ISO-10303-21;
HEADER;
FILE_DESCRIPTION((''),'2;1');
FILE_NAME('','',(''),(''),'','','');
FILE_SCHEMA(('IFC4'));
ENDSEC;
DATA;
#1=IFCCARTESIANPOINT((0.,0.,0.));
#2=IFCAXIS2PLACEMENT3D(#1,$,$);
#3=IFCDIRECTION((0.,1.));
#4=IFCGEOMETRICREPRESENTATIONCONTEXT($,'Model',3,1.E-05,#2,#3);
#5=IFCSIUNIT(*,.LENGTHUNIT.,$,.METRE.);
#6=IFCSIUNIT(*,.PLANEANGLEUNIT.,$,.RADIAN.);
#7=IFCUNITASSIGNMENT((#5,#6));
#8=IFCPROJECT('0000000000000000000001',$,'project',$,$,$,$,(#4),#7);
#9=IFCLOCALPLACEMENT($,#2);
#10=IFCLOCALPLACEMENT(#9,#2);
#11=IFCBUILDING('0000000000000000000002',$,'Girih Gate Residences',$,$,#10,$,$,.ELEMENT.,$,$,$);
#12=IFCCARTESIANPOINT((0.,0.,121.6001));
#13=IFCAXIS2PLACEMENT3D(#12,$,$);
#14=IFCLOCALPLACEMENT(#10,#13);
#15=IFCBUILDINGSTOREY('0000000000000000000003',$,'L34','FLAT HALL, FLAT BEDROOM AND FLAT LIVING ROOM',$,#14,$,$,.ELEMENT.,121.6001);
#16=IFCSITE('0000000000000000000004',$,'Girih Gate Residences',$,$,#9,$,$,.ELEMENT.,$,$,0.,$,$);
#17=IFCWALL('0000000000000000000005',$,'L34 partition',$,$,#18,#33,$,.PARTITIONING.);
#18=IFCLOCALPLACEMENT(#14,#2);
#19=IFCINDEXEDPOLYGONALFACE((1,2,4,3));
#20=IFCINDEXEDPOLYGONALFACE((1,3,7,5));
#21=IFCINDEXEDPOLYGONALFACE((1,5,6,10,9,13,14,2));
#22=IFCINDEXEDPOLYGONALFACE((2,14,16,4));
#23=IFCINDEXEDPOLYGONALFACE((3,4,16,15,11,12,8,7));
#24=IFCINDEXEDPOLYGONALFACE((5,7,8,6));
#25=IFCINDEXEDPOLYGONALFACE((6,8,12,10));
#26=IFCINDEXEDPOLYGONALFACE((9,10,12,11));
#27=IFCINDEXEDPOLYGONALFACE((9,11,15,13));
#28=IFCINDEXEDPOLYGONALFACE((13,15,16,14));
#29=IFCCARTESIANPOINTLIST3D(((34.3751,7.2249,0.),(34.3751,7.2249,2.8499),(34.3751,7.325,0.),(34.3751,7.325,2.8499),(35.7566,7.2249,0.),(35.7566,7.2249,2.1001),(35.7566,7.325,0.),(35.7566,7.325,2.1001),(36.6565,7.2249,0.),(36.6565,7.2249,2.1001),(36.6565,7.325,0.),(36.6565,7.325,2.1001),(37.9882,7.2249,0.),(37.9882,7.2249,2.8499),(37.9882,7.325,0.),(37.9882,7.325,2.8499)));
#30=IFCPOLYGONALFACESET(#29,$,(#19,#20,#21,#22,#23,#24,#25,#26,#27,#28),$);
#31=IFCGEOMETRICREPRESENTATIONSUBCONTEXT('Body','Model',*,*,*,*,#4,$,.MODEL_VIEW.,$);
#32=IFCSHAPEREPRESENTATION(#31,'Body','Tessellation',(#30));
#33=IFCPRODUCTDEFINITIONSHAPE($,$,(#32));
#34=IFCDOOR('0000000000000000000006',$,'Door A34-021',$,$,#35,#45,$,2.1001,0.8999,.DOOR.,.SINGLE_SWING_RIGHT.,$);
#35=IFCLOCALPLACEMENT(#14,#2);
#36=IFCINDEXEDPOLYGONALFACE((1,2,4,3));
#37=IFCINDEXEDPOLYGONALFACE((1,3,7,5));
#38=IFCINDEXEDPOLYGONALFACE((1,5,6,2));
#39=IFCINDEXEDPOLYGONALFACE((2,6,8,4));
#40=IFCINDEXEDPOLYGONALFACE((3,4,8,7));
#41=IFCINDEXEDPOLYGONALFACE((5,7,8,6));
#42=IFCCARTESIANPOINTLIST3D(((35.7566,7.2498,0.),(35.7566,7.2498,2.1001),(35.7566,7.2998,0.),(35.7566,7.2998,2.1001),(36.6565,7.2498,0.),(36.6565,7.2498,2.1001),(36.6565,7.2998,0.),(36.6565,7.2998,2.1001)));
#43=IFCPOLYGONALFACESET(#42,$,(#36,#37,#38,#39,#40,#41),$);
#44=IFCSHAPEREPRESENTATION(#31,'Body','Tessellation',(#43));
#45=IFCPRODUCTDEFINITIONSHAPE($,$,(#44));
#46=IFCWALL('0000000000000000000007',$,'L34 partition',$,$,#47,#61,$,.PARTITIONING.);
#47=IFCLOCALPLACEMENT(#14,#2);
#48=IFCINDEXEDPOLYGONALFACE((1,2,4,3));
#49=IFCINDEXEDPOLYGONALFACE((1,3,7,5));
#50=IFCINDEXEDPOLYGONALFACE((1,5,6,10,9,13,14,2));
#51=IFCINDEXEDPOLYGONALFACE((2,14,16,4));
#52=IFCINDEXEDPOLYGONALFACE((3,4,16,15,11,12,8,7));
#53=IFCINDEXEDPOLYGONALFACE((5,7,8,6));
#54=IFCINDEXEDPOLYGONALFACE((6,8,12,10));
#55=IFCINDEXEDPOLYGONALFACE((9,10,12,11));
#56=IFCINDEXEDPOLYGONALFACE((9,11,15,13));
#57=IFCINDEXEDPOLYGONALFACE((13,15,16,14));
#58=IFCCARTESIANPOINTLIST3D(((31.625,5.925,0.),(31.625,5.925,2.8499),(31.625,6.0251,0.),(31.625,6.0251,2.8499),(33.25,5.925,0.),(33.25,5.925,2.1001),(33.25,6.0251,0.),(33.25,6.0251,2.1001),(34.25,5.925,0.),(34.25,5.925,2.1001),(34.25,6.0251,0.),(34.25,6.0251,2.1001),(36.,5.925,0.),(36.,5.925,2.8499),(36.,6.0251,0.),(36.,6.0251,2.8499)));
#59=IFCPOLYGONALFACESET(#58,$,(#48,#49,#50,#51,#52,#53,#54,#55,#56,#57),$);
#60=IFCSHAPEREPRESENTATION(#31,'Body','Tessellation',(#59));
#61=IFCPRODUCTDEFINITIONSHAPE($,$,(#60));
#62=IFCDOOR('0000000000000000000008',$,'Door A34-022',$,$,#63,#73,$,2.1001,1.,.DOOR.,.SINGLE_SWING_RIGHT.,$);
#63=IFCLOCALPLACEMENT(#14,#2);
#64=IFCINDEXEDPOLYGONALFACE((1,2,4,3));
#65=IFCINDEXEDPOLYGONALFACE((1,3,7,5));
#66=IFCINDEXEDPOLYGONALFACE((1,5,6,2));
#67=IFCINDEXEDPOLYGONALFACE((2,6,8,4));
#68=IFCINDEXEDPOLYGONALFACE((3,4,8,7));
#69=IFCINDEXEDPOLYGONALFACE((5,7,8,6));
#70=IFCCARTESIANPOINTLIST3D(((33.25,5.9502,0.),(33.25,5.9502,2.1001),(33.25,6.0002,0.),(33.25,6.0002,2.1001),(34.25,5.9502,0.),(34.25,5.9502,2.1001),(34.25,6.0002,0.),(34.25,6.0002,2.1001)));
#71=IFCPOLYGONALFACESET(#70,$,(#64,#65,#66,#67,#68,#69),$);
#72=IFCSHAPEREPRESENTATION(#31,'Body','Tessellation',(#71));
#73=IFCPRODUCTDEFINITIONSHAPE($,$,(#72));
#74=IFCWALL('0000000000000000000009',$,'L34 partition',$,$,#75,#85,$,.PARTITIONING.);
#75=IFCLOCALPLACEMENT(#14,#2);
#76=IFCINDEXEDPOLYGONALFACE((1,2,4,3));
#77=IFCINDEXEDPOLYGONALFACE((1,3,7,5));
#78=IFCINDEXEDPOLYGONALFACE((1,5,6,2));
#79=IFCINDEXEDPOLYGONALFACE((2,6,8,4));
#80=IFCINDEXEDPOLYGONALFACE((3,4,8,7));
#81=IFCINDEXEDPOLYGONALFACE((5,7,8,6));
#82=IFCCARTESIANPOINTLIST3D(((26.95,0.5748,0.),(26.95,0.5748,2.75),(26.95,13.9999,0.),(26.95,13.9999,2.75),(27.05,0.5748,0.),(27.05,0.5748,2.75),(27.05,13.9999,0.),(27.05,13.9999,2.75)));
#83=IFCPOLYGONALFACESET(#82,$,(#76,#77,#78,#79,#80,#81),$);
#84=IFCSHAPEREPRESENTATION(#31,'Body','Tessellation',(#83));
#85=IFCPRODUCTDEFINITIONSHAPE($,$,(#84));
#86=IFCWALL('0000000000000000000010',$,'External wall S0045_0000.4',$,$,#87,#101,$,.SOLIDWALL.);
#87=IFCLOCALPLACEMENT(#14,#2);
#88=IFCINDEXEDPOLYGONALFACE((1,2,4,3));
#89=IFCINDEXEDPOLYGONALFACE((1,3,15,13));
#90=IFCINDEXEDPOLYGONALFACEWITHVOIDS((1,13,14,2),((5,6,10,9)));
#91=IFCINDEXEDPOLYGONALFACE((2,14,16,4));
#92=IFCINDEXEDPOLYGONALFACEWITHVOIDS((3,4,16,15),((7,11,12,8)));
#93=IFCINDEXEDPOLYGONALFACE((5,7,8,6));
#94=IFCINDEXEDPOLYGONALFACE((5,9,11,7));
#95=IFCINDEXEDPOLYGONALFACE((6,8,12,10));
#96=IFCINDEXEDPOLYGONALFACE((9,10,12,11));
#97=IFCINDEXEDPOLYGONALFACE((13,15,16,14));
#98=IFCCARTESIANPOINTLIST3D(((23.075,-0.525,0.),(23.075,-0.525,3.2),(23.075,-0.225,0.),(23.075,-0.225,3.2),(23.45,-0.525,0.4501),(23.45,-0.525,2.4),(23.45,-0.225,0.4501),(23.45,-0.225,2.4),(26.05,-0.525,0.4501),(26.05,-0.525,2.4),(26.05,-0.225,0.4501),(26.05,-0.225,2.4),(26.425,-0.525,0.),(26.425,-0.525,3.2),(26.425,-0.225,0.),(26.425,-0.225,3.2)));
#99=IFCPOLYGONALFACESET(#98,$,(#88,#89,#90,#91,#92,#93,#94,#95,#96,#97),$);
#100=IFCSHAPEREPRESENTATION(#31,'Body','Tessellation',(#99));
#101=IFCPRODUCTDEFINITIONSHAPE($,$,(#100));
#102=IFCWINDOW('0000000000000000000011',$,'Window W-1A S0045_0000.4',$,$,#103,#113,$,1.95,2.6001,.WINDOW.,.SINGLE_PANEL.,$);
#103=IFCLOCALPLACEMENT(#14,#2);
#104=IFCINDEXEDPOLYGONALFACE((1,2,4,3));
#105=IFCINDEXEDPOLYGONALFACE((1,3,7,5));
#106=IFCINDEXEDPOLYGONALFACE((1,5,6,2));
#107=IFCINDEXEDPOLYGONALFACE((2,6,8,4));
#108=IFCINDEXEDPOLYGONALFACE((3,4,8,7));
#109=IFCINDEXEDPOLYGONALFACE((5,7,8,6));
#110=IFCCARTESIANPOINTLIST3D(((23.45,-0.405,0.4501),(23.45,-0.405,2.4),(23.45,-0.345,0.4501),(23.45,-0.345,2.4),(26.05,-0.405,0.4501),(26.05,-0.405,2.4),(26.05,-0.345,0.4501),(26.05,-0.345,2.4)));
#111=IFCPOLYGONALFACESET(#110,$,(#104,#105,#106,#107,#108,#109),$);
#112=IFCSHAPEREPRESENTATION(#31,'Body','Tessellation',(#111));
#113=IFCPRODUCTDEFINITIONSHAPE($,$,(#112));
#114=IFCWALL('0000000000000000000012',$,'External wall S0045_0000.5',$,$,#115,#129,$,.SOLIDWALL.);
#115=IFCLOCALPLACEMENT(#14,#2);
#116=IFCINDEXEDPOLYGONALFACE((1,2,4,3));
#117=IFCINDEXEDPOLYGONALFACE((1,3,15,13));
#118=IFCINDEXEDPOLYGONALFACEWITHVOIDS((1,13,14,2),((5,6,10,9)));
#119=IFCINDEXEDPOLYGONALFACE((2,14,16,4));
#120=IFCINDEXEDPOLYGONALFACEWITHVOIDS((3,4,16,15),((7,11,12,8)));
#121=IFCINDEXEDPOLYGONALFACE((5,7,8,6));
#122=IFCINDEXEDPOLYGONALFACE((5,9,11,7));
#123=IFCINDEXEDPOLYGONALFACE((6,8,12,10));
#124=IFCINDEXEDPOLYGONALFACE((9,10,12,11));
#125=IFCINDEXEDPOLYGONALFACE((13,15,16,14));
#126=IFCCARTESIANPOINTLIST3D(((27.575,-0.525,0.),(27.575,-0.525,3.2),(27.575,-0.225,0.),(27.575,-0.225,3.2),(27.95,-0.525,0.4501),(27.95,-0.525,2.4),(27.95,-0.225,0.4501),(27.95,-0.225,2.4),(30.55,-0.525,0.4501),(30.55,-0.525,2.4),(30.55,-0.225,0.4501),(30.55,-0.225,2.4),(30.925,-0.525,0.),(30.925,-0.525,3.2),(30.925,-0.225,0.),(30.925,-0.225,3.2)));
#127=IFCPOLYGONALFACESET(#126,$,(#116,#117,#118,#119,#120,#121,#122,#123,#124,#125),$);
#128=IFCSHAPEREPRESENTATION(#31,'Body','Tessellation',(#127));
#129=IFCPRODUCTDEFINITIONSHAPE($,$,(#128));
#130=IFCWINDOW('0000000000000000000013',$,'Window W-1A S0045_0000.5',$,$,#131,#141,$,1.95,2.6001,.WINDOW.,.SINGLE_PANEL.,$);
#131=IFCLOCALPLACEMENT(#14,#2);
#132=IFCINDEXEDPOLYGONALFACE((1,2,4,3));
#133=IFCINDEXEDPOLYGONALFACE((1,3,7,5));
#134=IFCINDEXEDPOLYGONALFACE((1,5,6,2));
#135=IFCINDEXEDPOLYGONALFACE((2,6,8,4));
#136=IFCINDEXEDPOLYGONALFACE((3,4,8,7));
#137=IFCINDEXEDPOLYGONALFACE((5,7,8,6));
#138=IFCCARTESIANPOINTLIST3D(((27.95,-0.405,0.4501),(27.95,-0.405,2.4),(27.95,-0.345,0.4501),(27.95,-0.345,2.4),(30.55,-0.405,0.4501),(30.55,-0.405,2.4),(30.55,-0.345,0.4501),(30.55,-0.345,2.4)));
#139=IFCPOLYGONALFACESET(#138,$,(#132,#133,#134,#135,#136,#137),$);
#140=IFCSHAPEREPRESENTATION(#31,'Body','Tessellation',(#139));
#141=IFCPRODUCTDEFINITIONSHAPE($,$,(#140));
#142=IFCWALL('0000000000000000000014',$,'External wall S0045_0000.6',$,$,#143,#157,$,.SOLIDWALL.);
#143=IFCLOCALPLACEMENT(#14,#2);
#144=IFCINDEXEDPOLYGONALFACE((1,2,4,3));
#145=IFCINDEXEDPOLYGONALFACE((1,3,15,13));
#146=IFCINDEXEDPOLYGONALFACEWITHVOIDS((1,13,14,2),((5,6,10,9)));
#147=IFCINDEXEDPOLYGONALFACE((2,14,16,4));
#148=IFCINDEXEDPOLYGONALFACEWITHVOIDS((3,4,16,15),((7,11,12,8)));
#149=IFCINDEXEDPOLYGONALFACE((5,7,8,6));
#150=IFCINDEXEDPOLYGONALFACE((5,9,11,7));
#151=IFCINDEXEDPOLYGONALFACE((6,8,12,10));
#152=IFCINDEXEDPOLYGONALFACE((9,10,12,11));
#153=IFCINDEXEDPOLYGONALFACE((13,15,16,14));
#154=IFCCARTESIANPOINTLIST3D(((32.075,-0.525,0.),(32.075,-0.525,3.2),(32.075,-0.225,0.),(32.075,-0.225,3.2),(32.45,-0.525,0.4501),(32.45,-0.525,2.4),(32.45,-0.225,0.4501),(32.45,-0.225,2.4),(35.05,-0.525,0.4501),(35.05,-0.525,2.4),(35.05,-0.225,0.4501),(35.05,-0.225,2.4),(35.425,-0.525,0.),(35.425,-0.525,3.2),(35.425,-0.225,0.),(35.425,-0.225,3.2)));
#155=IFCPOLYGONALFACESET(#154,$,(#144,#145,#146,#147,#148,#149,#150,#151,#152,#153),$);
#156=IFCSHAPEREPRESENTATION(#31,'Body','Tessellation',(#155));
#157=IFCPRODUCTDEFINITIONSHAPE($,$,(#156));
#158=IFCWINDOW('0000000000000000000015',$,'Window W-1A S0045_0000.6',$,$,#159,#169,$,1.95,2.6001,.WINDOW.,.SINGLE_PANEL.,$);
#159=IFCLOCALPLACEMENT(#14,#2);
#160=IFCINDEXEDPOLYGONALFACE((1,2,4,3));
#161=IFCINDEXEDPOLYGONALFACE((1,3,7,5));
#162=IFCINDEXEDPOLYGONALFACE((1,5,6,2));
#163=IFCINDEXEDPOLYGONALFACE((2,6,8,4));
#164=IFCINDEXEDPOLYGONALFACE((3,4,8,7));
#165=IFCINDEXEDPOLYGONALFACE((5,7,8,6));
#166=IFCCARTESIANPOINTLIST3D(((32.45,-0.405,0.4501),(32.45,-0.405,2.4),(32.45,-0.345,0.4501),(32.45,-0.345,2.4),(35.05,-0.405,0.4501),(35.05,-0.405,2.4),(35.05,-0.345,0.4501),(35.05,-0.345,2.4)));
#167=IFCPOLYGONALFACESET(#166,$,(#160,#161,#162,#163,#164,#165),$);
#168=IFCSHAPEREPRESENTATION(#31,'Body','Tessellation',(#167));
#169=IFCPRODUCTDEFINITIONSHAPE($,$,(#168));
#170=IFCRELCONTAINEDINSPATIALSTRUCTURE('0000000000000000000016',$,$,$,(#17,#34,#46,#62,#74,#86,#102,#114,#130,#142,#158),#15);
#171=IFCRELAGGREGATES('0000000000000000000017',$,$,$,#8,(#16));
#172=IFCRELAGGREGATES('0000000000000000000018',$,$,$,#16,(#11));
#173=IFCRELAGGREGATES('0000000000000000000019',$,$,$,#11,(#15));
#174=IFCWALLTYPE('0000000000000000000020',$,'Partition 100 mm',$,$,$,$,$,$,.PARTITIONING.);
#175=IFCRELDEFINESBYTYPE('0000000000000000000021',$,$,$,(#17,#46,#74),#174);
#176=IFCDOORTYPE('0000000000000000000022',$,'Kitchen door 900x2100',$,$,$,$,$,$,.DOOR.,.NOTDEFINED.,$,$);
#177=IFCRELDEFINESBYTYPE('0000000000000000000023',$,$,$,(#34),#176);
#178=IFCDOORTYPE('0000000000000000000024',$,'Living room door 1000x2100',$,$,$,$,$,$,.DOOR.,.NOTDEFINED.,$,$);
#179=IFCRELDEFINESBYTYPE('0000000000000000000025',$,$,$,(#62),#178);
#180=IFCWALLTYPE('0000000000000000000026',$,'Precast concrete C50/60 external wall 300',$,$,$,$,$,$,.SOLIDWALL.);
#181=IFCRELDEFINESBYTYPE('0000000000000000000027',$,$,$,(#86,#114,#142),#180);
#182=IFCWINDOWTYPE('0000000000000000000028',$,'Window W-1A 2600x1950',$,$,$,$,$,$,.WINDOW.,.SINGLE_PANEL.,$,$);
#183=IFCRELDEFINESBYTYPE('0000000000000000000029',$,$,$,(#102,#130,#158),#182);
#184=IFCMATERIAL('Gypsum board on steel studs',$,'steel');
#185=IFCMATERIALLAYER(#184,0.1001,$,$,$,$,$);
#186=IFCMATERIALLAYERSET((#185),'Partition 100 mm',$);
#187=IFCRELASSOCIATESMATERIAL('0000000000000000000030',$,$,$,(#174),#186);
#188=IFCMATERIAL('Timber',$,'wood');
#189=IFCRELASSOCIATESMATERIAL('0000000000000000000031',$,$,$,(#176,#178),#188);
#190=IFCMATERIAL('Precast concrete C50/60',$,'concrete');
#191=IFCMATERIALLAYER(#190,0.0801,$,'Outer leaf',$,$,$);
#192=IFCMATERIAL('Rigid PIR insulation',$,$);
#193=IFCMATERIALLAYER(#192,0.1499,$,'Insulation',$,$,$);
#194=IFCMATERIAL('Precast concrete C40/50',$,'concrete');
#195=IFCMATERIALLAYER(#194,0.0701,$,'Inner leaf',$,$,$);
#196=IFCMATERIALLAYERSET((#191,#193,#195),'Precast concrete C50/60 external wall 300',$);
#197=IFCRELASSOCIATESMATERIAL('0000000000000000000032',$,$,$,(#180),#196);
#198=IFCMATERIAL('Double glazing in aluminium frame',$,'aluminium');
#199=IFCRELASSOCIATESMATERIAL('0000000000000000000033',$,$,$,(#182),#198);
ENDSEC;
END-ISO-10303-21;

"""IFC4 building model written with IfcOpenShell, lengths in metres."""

from ifc_helpers import new_model, si_unit, direction, frame, frame_2d, origin, place, context, subcontext, project, spatial, rectangle, extrude, material, layer, layer_set, type_object, element, fill, save


model = new_model("IFC4")

# Units and contexts
model_context = context("Model", 3, precision=1e-05, world=origin(), true_north=direction((0.0, 1.0)))
body_context = subcontext(model_context, "Body", "Model", "MODEL_VIEW")
ifc_project = project(units=[si_unit("LENGTHUNIT", "METRE"), si_unit("PLANEANGLEUNIT", "RADIAN")], contexts=[model_context])

# Site, building, storey
site_placement = place(None, origin())
site = spatial("IfcSite", under=ifc_project, at=site_placement, Name="Girih Gate Residences", CompositionType="ELEMENT", RefElevation=0.0)
building_placement = place(site_placement, origin())
building = spatial("IfcBuilding", under=site, at=building_placement, Name="Girih Gate Residences", CompositionType="ELEMENT")
storey_placement = place(building_placement, frame((0.0, 0.0, 121.6001)))
storey = spatial("IfcBuildingStorey", under=building, at=storey_placement, Name="L34", Description="FLAT HALL, FLAT BEDROOM AND FLAT LIVING ROOM", CompositionType="ELEMENT", Elevation=121.6001)

# Shared definitions
ifc_material_1 = material(Name="Gypsum board on steel studs", Category="steel")

# Shared definitions
ifc_layer_1 = layer(ifc_material_1, 0.1001)
ifc_layer_set_1 = layer_set([ifc_layer_1], Name="Partition 100 mm")
wall_type_1 = type_object("IfcWallType", Name="Partition 100 mm", PredefinedType="PARTITIONING", material=ifc_layer_set_1)
ifc_material_2 = material(Name="Timber", Category="wood")

# Walls, openings, doors
wall_1_placement = place(storey_placement, frame((34.375, 7.2749, 0.0), z_axis=(0.0, 0.0, 1.0), x_axis=(1.0, 0.0, 0.0)))
wall_1 = element("IfcWall", 1, at=wall_1_placement, inside=storey, type_object=wall_type_1, Name="L34 partition", PredefinedType="PARTITIONING", context=body_context, shape_type="SweptSolid", body=[
    extrude(rectangle(XDim=3.613, YDim=0.1001, at=frame_2d((1.8066, 0.0))), origin(), (0.0, 0.0, 1.0), 2.8499),
])
opening_1_placement = place(wall_1_placement, frame((1.3816, 0.0, 0.0)))
opening_1 = element("IfcOpeningElement", 2, at=opening_1_placement, cuts=wall_1, PredefinedType="OPENING", context=body_context, shape_type="SweptSolid", body=[
    extrude(rectangle(XDim=0.8999, YDim=2.1001, at=frame_2d((0.45, 1.05))), frame((0.0, 0.0601, 0.0), z_axis=(0.0, -1.0, 0.0), x_axis=(1.0, 0.0, 0.0)), (0.0, 0.0, 1.0), 0.1201),
])
door_type_1 = type_object("IfcDoorType", Name="Kitchen door 900x2100", OperationType="NOTDEFINED", PredefinedType="DOOR", material=ifc_material_2)
door_1_placement = place(opening_1_placement, origin())
door_1 = element("IfcDoor", 3, at=door_1_placement, inside=storey, type_object=door_type_1, Name="Door A34-021", OperationType="SINGLE_SWING_RIGHT", OverallHeight=2.1001, OverallWidth=0.8999, PredefinedType="DOOR", context=body_context, shape_type="SweptSolid", body=[
    extrude(rectangle(XDim=0.8999, YDim=2.1001, at=frame_2d((0.45, 1.05))), frame((0.0, 0.0249, 0.0), z_axis=(0.0, -1.0, 0.0), x_axis=(1.0, 0.0, 0.0)), (0.0, 0.0, 1.0), 0.05),
])
fill(opening_1, door_1)
wall_2_placement = place(storey_placement, frame((36.0, 5.9751, 0.0), z_axis=(0.0, 0.0, 1.0), x_axis=(-1.0, 0.0, 0.0)))
wall_2 = element("IfcWall", 4, at=wall_2_placement, inside=storey, type_object=wall_type_1, Name="L34 partition", PredefinedType="PARTITIONING", context=body_context, shape_type="SweptSolid", body=[
    extrude(rectangle(XDim=4.375, YDim=0.1001, at=frame_2d((2.1875, 0.0))), origin(), (0.0, 0.0, 1.0), 2.8499),
])
opening_2_placement = place(wall_2_placement, frame((1.75, 0.0, 0.0)))
opening_2 = element("IfcOpeningElement", 5, at=opening_2_placement, cuts=wall_2, PredefinedType="OPENING", context=body_context, shape_type="SweptSolid", body=[
    extrude(rectangle(XDim=1.0, YDim=2.1001, at=frame_2d((0.5, 1.05))), frame((0.0, 0.0601, 0.0), z_axis=(0.0, -1.0, 0.0), x_axis=(1.0, 0.0, 0.0)), (0.0, 0.0, 1.0), 0.1201),
])
door_type_2 = type_object("IfcDoorType", Name="Living room door 1000x2100", OperationType="NOTDEFINED", PredefinedType="DOOR", material=ifc_material_2)
door_2_placement = place(opening_2_placement, origin())
door_2 = element("IfcDoor", 6, at=door_2_placement, inside=storey, type_object=door_type_2, Name="Door A34-022", OperationType="SINGLE_SWING_RIGHT", OverallHeight=2.1001, OverallWidth=1.0, PredefinedType="DOOR", context=body_context, shape_type="SweptSolid", body=[
    extrude(rectangle(XDim=1.0, YDim=2.1001, at=frame_2d((0.5, 1.05))), frame((0.0, 0.0249, 0.0), z_axis=(0.0, -1.0, 0.0), x_axis=(1.0, 0.0, 0.0)), (0.0, 0.0, 1.0), 0.05),
])
fill(opening_2, door_2)

# Wall
wall_3_placement = place(storey_placement, frame((27.0, 0.575, 0.0), z_axis=(0.0, 0.0, 1.0), x_axis=(0.0, 1.0, 0.0)))
element("IfcWall", 7, at=wall_3_placement, inside=storey, type_object=wall_type_1, Name="L34 partition", PredefinedType="PARTITIONING", context=body_context, shape_type="SweptSolid", body=[
    extrude(rectangle(XDim=13.425, YDim=0.1001, at=frame_2d((6.7124, 0.0))), origin(), (0.0, 0.0, 1.0), 2.75),
])

# Walls, openings, windows
ifc_material_3 = material(Name="Precast concrete C50/60", Category="concrete")
ifc_layer_2 = layer(ifc_material_3, 0.0801, Name="Outer leaf")
ifc_material_4 = material(Name="Rigid PIR insulation")
ifc_layer_3 = layer(ifc_material_4, 0.1499, Name="Insulation")
ifc_material_5 = material(Name="Precast concrete C40/50", Category="concrete")
ifc_layer_4 = layer(ifc_material_5, 0.0701, Name="Inner leaf")
ifc_layer_set_2 = layer_set([ifc_layer_2, ifc_layer_3, ifc_layer_4], Name="Precast concrete C50/60 external wall 300")
wall_type_2 = type_object("IfcWallType", Name="Precast concrete C50/60 external wall 300", PredefinedType="SOLIDWALL", material=ifc_layer_set_2)
wall_4_placement = place(storey_placement, frame((26.425, -0.375, 0.0), z_axis=(0.0, 0.0, 1.0), x_axis=(-1.0, 0.0, 0.0)))
wall_4 = element("IfcWall", 8, at=wall_4_placement, inside=storey, type_object=wall_type_2, Name="External wall S0045_0000.4", PredefinedType="SOLIDWALL", context=body_context, shape_type="SweptSolid", body=[
    extrude(rectangle(XDim=3.3501, YDim=0.3, at=frame_2d((1.675, 0.0))), origin(), (0.0, 0.0, 1.0), 3.2),
])
opening_3_placement = place(wall_4_placement, frame((0.375, 0.0, 0.45)))
opening_3 = element("IfcOpeningElement", 9, at=opening_3_placement, cuts=wall_4, PredefinedType="OPENING", context=body_context, shape_type="SweptSolid", body=[
    extrude(rectangle(XDim=2.6001, YDim=1.95, at=frame_2d((1.3, 0.9751))), frame((0.0, 0.1599, 0.0), z_axis=(0.0, -1.0, 0.0), x_axis=(1.0, 0.0, 0.0)), (0.0, 0.0, 1.0), 0.3201),
])
ifc_material_6 = material(Name="Double glazing in aluminium frame", Category="aluminium")
window_type = type_object("IfcWindowType", Name="Window W-1A 2600x1950", PartitioningType="SINGLE_PANEL", PredefinedType="WINDOW", material=ifc_material_6)
window_1_placement = place(opening_3_placement, origin())
window_1 = element("IfcWindow", 10, at=window_1_placement, inside=storey, type_object=window_type, Name="Window W-1A S0045_0000.4", OverallHeight=1.95, OverallWidth=2.6001, PartitioningType="SINGLE_PANEL", PredefinedType="WINDOW", context=body_context, shape_type="SweptSolid", body=[
    extrude(rectangle(XDim=2.6001, YDim=1.95, at=frame_2d((1.3, 0.9751))), frame((0.0, 0.03, 0.0), z_axis=(0.0, -1.0, 0.0), x_axis=(1.0, 0.0, 0.0)), (0.0, 0.0, 1.0), 0.0601),
])
fill(opening_3, window_1)
wall_5_placement = place(storey_placement, frame((30.925, -0.375, 0.0), z_axis=(0.0, 0.0, 1.0), x_axis=(-1.0, 0.0, 0.0)))
wall_5 = element("IfcWall", 11, at=wall_5_placement, inside=storey, type_object=wall_type_2, Name="External wall S0045_0000.5", PredefinedType="SOLIDWALL", context=body_context, shape_type="SweptSolid", body=[
    extrude(rectangle(XDim=3.3501, YDim=0.3, at=frame_2d((1.675, 0.0))), origin(), (0.0, 0.0, 1.0), 3.2),
])
opening_4_placement = place(wall_5_placement, frame((0.375, 0.0, 0.45)))
opening_4 = element("IfcOpeningElement", 12, at=opening_4_placement, cuts=wall_5, PredefinedType="OPENING", context=body_context, shape_type="SweptSolid", body=[
    extrude(rectangle(XDim=2.6001, YDim=1.95, at=frame_2d((1.3, 0.9751))), frame((0.0, 0.1599, 0.0), z_axis=(0.0, -1.0, 0.0), x_axis=(1.0, 0.0, 0.0)), (0.0, 0.0, 1.0), 0.3201),
])
window_2_placement = place(opening_4_placement, origin())
window_2 = element("IfcWindow", 13, at=window_2_placement, inside=storey, type_object=window_type, Name="Window W-1A S0045_0000.5", OverallHeight=1.95, OverallWidth=2.6001, PartitioningType="SINGLE_PANEL", PredefinedType="WINDOW", context=body_context, shape_type="SweptSolid", body=[
    extrude(rectangle(XDim=2.6001, YDim=1.95, at=frame_2d((1.3, 0.9751))), frame((0.0, 0.03, 0.0), z_axis=(0.0, -1.0, 0.0), x_axis=(1.0, 0.0, 0.0)), (0.0, 0.0, 1.0), 0.0601),
])
fill(opening_4, window_2)
wall_6_placement = place(storey_placement, frame((35.425, -0.375, 0.0), z_axis=(0.0, 0.0, 1.0), x_axis=(-1.0, 0.0, 0.0)))
wall_6 = element("IfcWall", 14, at=wall_6_placement, inside=storey, type_object=wall_type_2, Name="External wall S0045_0000.6", PredefinedType="SOLIDWALL", context=body_context, shape_type="SweptSolid", body=[
    extrude(rectangle(XDim=3.3501, YDim=0.3, at=frame_2d((1.675, 0.0))), origin(), (0.0, 0.0, 1.0), 3.2),
])
opening_5_placement = place(wall_6_placement, frame((0.375, 0.0, 0.45)))
opening_5 = element("IfcOpeningElement", 15, at=opening_5_placement, cuts=wall_6, PredefinedType="OPENING", context=body_context, shape_type="SweptSolid", body=[
    extrude(rectangle(XDim=2.6001, YDim=1.95, at=frame_2d((1.3, 0.9751))), frame((0.0, 0.1599, 0.0), z_axis=(0.0, -1.0, 0.0), x_axis=(1.0, 0.0, 0.0)), (0.0, 0.0, 1.0), 0.3201),
])
window_3_placement = place(opening_5_placement, origin())
window_3 = element("IfcWindow", 16, at=window_3_placement, inside=storey, type_object=window_type, Name="Window W-1A S0045_0000.6", OverallHeight=1.95, OverallWidth=2.6001, PartitioningType="SINGLE_PANEL", PredefinedType="WINDOW", context=body_context, shape_type="SweptSolid", body=[
    extrude(rectangle(XDim=2.6001, YDim=1.95, at=frame_2d((1.3, 0.9751))), frame((0.0, 0.03, 0.0), z_axis=(0.0, -1.0, 0.0), x_axis=(1.0, 0.0, 0.0)), (0.0, 0.0, 1.0), 0.0601),
])
fill(opening_5, window_3)

save(model, "model.ifc")
